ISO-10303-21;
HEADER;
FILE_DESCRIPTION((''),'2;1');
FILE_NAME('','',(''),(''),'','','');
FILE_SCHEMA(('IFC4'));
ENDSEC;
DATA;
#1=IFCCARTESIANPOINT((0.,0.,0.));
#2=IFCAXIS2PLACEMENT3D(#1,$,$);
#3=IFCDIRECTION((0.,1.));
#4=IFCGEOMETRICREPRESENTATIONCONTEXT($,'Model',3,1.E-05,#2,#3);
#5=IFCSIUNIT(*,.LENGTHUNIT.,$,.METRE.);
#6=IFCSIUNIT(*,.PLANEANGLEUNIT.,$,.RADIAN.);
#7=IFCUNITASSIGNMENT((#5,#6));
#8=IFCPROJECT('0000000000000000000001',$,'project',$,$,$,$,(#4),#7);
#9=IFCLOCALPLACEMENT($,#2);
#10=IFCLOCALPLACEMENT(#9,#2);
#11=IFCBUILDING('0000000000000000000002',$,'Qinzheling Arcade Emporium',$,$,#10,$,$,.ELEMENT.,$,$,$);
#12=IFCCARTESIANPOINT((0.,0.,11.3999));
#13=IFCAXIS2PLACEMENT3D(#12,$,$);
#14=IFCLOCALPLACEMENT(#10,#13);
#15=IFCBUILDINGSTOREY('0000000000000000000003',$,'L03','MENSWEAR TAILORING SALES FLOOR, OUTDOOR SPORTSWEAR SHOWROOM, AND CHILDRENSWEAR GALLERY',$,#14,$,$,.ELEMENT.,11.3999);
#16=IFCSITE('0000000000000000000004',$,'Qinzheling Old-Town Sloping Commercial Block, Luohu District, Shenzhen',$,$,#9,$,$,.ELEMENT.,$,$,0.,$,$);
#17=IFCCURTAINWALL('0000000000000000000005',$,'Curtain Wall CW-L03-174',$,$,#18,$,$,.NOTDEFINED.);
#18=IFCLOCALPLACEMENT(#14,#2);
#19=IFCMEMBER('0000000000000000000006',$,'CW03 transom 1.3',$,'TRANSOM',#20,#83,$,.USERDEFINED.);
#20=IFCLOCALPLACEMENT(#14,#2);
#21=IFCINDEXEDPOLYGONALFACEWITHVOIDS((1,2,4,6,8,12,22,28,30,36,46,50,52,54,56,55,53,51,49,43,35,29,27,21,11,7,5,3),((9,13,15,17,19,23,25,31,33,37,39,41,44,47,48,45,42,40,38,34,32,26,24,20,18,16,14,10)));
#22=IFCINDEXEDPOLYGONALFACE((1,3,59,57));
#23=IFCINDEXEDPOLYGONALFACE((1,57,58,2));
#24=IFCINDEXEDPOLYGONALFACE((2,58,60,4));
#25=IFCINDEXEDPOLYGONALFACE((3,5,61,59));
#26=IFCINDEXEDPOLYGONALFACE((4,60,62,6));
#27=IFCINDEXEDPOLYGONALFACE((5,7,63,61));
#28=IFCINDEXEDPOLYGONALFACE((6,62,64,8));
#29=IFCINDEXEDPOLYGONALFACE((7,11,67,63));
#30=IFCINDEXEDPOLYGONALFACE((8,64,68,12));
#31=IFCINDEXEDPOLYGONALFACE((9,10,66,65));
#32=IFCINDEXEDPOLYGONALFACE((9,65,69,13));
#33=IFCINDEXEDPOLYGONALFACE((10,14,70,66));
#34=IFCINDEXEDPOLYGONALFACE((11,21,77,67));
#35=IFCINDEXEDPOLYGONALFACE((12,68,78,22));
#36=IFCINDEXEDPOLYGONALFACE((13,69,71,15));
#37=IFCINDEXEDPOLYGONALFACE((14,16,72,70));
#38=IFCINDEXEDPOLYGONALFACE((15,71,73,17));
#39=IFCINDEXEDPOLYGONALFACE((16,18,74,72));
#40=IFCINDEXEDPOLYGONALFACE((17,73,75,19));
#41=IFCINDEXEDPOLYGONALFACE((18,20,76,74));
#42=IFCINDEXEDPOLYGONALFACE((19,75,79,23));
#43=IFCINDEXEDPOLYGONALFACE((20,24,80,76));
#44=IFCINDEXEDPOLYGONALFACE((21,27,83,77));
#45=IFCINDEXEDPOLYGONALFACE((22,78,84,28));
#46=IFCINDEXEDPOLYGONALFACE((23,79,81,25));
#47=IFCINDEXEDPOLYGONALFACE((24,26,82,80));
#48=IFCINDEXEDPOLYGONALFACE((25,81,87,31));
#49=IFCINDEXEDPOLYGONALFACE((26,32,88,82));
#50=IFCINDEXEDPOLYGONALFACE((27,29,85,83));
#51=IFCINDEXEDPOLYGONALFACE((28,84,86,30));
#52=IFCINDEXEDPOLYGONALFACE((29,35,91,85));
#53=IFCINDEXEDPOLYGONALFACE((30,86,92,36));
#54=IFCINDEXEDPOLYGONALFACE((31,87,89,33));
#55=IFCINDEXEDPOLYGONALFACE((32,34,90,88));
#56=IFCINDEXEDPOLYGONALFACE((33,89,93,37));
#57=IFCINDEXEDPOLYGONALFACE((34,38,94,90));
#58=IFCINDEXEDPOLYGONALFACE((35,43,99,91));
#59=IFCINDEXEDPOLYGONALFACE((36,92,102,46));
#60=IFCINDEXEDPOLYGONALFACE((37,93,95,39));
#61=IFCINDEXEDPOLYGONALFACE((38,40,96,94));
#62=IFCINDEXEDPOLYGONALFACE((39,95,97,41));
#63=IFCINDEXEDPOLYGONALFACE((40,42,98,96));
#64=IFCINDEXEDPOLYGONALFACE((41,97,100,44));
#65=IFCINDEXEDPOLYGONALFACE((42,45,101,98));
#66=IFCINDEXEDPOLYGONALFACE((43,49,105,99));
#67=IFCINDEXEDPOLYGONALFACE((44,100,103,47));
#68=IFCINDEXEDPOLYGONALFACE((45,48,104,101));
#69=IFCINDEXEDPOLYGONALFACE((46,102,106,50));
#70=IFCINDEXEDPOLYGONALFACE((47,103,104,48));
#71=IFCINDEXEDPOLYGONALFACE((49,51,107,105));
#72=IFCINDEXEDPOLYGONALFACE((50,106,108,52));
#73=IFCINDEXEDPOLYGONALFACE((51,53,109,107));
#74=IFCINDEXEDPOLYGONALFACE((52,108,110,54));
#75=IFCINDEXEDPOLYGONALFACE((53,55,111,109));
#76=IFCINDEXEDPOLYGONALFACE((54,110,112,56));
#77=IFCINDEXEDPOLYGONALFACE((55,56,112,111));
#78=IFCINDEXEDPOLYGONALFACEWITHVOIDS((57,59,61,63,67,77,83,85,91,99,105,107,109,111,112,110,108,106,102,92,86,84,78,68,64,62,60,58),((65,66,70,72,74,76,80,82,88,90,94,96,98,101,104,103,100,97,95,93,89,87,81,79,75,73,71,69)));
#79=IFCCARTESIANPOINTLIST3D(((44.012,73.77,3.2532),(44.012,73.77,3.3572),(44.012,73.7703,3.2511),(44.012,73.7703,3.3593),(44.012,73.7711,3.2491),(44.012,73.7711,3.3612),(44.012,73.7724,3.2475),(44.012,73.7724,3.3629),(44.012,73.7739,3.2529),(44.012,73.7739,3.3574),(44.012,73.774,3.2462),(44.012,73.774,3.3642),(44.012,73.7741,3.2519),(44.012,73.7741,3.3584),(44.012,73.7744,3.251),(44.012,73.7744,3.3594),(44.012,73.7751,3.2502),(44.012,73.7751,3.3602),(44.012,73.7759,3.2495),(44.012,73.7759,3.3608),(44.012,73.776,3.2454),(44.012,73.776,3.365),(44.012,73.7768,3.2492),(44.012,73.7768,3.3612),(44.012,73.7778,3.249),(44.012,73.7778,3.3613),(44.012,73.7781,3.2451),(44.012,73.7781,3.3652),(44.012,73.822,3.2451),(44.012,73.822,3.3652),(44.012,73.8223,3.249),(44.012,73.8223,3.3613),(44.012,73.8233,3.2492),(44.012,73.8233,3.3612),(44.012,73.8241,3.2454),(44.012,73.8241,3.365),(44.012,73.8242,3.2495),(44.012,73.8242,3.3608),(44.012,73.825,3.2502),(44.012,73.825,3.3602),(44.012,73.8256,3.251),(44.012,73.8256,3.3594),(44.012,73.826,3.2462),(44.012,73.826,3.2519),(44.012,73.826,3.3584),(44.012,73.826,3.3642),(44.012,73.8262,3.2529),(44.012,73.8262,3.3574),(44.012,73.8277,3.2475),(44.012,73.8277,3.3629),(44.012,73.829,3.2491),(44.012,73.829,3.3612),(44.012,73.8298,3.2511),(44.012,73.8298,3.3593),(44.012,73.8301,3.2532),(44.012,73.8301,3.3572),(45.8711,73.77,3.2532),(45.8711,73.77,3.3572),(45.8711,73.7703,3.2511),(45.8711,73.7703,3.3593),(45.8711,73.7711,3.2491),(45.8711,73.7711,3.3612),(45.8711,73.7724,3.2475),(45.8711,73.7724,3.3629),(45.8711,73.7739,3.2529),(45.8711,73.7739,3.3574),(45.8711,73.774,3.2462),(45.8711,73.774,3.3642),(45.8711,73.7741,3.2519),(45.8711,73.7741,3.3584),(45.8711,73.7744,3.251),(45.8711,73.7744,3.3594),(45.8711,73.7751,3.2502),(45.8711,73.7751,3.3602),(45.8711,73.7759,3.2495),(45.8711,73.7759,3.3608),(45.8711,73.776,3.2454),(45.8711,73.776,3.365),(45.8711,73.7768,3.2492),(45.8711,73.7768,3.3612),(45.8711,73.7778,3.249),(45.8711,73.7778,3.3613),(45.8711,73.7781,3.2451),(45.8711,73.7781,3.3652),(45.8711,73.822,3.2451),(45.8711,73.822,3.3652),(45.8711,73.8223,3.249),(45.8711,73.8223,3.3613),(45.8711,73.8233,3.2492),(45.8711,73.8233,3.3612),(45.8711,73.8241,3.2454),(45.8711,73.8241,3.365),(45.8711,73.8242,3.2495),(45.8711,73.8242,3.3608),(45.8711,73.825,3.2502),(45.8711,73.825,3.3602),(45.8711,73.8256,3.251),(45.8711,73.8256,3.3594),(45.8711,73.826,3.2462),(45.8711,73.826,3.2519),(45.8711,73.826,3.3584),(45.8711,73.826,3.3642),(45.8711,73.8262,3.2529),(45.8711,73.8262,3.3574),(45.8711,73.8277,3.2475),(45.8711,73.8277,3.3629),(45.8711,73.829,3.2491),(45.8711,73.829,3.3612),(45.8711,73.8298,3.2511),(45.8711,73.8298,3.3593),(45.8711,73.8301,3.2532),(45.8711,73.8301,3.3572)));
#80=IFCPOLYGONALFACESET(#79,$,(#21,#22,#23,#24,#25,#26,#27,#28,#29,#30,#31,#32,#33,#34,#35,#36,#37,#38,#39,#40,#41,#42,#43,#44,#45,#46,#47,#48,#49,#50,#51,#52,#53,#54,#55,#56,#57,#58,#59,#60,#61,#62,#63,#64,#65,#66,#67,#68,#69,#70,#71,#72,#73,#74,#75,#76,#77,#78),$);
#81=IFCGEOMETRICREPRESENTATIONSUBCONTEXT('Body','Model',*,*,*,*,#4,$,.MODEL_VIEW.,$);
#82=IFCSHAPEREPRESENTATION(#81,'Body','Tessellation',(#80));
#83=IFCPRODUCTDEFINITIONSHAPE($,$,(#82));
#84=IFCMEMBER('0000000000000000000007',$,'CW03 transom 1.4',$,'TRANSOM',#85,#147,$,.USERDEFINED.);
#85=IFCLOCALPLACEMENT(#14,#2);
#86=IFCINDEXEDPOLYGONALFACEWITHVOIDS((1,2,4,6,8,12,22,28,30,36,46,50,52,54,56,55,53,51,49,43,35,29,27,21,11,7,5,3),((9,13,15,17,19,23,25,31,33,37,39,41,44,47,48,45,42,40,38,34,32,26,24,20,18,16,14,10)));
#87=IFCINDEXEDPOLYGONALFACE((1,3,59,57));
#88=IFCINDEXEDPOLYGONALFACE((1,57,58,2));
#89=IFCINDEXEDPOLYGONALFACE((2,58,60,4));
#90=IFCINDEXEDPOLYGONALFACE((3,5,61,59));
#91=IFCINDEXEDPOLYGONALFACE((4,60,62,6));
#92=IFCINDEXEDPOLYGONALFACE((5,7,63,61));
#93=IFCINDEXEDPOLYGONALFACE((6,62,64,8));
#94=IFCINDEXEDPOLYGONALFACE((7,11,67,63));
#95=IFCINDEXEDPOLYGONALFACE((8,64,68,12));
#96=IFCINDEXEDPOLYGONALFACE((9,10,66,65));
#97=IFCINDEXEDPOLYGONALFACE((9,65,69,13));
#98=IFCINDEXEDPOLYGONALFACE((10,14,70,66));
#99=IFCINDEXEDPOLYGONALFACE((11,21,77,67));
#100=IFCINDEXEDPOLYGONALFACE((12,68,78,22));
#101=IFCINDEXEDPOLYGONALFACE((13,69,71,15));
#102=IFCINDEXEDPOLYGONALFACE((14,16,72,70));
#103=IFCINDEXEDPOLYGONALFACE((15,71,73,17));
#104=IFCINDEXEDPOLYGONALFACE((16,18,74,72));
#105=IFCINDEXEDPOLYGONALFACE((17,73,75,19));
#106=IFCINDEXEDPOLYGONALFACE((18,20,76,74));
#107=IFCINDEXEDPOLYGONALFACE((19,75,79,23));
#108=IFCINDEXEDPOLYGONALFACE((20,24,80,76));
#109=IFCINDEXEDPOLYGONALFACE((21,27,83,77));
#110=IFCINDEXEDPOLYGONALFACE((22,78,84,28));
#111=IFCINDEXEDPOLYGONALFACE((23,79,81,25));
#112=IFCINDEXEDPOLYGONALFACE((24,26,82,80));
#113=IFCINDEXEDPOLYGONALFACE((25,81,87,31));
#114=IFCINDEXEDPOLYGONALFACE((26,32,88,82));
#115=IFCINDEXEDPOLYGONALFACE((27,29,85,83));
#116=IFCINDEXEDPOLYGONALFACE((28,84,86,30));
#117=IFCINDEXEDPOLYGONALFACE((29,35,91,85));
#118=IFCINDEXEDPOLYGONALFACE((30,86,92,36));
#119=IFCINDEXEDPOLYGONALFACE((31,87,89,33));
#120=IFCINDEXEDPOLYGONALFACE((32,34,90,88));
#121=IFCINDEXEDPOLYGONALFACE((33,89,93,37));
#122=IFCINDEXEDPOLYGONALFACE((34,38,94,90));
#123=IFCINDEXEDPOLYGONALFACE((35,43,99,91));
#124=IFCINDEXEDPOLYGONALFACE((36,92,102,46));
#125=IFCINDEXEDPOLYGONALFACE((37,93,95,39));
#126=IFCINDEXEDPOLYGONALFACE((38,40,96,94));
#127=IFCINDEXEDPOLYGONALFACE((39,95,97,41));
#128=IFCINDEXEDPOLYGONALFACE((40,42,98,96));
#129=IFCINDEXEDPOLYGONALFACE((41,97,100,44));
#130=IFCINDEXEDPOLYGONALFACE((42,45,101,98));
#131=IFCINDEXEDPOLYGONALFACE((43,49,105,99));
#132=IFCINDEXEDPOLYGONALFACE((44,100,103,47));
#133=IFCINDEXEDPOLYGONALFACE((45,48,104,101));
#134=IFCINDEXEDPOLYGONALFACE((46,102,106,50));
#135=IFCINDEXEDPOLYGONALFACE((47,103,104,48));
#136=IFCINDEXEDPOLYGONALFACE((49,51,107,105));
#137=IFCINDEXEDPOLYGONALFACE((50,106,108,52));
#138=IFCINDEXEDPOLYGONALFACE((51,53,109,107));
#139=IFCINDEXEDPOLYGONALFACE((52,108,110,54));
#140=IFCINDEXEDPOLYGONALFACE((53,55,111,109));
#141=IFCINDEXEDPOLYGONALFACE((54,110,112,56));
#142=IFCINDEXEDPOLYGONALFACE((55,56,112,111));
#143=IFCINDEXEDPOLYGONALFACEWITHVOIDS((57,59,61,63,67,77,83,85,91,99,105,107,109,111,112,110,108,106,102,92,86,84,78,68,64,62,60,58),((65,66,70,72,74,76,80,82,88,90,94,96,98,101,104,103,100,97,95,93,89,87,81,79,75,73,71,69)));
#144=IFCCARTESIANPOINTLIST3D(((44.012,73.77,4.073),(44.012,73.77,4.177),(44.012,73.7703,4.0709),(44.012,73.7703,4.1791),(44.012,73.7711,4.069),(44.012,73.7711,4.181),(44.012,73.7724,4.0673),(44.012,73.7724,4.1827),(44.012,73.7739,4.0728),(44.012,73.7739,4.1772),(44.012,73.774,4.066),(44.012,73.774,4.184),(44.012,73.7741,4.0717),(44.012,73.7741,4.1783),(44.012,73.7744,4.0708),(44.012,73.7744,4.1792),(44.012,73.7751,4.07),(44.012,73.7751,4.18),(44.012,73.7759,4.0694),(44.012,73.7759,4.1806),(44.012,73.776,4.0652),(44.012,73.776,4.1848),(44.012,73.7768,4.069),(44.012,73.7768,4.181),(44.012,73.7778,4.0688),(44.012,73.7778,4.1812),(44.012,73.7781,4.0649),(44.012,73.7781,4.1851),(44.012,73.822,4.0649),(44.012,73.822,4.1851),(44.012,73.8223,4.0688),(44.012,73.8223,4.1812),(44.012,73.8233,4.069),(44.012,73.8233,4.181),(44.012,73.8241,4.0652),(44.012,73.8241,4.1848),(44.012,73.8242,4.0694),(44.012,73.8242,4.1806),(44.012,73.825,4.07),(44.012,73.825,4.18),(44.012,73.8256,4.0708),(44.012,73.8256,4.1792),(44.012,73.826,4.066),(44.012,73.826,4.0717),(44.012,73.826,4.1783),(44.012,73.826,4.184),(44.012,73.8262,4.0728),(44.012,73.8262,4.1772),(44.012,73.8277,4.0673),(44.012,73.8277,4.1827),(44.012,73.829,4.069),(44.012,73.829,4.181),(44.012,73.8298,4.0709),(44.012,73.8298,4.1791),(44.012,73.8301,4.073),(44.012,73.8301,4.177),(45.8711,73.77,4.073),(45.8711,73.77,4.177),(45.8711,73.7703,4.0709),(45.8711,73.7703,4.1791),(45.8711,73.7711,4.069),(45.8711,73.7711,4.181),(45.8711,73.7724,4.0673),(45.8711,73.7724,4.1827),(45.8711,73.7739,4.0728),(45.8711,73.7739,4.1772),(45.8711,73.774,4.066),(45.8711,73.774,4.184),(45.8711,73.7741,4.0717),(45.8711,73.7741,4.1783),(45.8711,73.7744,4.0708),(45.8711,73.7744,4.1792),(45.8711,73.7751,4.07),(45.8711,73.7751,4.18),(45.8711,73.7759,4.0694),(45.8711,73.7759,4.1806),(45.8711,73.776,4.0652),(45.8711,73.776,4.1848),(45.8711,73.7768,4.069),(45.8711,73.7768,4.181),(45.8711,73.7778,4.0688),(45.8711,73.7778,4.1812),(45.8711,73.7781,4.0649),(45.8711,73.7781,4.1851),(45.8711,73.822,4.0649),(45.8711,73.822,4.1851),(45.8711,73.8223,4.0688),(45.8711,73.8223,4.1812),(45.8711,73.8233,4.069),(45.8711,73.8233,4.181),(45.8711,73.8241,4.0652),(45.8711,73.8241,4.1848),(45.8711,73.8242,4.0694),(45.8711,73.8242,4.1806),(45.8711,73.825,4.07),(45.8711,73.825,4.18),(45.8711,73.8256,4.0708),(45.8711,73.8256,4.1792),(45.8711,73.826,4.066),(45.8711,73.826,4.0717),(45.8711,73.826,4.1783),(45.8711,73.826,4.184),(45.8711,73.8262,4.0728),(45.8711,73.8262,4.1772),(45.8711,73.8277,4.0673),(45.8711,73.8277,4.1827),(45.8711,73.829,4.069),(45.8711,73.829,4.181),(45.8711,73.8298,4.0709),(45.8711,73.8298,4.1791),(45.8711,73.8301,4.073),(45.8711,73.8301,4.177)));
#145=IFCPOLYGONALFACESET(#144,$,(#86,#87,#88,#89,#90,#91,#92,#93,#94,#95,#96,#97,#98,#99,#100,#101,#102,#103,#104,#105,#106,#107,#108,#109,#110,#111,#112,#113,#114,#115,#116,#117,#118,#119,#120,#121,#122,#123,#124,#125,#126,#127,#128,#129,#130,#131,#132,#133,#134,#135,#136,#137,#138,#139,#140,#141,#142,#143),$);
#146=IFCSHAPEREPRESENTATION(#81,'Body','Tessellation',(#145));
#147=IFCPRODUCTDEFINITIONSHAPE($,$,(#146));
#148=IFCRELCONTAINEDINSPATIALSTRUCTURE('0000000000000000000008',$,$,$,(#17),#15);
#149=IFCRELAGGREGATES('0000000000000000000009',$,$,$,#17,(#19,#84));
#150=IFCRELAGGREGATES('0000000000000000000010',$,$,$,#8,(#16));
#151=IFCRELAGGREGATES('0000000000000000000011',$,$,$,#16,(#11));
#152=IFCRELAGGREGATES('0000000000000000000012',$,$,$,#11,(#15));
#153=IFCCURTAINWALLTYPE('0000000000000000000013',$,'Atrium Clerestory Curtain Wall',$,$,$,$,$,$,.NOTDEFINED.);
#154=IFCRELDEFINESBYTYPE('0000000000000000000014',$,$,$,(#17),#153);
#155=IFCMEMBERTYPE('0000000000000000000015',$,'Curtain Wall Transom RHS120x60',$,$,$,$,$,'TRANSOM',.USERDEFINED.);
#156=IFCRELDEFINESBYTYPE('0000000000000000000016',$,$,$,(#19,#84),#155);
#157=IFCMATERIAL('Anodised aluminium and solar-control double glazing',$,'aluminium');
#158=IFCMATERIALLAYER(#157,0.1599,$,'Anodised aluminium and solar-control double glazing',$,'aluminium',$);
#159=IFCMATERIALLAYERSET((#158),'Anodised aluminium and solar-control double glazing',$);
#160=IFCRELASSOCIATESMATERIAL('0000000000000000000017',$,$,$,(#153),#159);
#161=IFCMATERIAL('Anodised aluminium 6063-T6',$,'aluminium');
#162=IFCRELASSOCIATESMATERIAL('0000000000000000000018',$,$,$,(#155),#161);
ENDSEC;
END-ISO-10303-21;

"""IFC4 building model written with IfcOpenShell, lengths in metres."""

from ifc_helpers import new_model, si_unit, direction, frame, origin, origin_2d, place, context, subcontext, project, spatial, hollow_rectangle, extrude, material, layer, layer_set, material_profile, profile_set, type_object, element, aggregate, save


model = new_model("IFC4")

# Units and contexts
model_context = context("Model", 3, precision=1e-05, world=origin(), true_north=direction((0.0, 1.0)))
body_context = subcontext(model_context, "Body", "Model", "MODEL_VIEW")
ifc_project = project(units=[si_unit("LENGTHUNIT", "METRE"), si_unit("PLANEANGLEUNIT", "RADIAN")], contexts=[model_context])

# Site, building, storey
site_placement = place(None, origin())
site = spatial("IfcSite", under=ifc_project, at=site_placement, Name="Qinzheling Old-Town Sloping Commercial Block, Luohu District, Shenzhen", CompositionType="ELEMENT", RefElevation=0.0)
building_placement = place(site_placement, origin())
building = spatial("IfcBuilding", under=site, at=building_placement, Name="Qinzheling Arcade Emporium", CompositionType="ELEMENT")
storey_placement = place(building_placement, frame((0.0, 0.0, 11.3999)))
storey = spatial("IfcBuildingStorey", under=building, at=storey_placement, Name="L03", Description="MENSWEAR TAILORING SALES FLOOR, OUTDOOR SPORTSWEAR SHOWROOM, AND CHILDRENSWEAR GALLERY", CompositionType="ELEMENT", Elevation=11.3999)

# Curtain wall, members
ifc_material_1 = material(Name="Anodised aluminium and solar-control double glazing", Category="aluminium")
ifc_layer_1 = layer(ifc_material_1, 0.1599, Name="Anodised aluminium and solar-control double glazing", Category="aluminium")
ifc_layer_set_1 = layer_set([ifc_layer_1], Name="Anodised aluminium and solar-control double glazing")
curtain_wall_type = type_object("IfcCurtainWallType", Name="Atrium Clerestory Curtain Wall", PredefinedType="NOTDEFINED", material=ifc_layer_set_1)
curtain_wall_placement = place(storey_placement, origin())
curtain_wall = element("IfcCurtainWall", 1, at=curtain_wall_placement, inside=storey, type_object=curtain_wall_type, Name="Curtain Wall CW-L03-174", PredefinedType="NOTDEFINED")
ifc_material_2 = material(Name="Anodised aluminium 6063-T6", Category="aluminium")
ifc_material_profile_1 = material_profile(ifc_material_2, hollow_rectangle(XDim=0.0601, YDim=0.1201, WallThickness=0.0039, InnerFilletRadius=0.0039, OuterFilletRadius=0.0081, at=origin_2d()), Name="RHS 120x60x4", Category="aluminium")
ifc_profile_set_1 = profile_set([ifc_material_profile_1], Name="Anodised aluminium 6063-T6")
member_type_1 = type_object("IfcMemberType", Name="Curtain Wall Transom RHS120x60", ElementType="TRANSOM", PredefinedType="USERDEFINED", material=ifc_profile_set_1)
member_1_placement = place(storey_placement, frame((44.012, 73.8, 3.3052), z_axis=(1.0, 0.0, 0.0), x_axis=(0.0, 1.0, 0.0)))
member_1 = element("IfcMember", 2, at=member_1_placement, type_object=member_type_1, Name="CW03 transom 1.3", ObjectType="TRANSOM", PredefinedType="USERDEFINED", context=body_context, shape_type="SweptSolid", body=[
    extrude(hollow_rectangle(XDim=0.0601, YDim=0.1201, WallThickness=0.0039, InnerFilletRadius=0.0039, OuterFilletRadius=0.0081, at=origin_2d()), origin(), (0.0, 0.0, 1.0), 1.8591),
])
member_2_placement = place(storey_placement, frame((44.012, 73.8, 4.125), z_axis=(1.0, 0.0, 0.0), x_axis=(0.0, 1.0, 0.0)))
member_2 = element("IfcMember", 3, at=member_2_placement, type_object=member_type_1, Name="CW03 transom 1.4", ObjectType="TRANSOM", PredefinedType="USERDEFINED", context=body_context, shape_type="SweptSolid", body=[
    extrude(hollow_rectangle(XDim=0.0601, YDim=0.1201, WallThickness=0.0039, InnerFilletRadius=0.0039, OuterFilletRadius=0.0081, at=origin_2d()), origin(), (0.0, 0.0, 1.0), 1.8591),
])

aggregate(curtain_wall, [member_1, member_2])

save(model, "model.ifc")
